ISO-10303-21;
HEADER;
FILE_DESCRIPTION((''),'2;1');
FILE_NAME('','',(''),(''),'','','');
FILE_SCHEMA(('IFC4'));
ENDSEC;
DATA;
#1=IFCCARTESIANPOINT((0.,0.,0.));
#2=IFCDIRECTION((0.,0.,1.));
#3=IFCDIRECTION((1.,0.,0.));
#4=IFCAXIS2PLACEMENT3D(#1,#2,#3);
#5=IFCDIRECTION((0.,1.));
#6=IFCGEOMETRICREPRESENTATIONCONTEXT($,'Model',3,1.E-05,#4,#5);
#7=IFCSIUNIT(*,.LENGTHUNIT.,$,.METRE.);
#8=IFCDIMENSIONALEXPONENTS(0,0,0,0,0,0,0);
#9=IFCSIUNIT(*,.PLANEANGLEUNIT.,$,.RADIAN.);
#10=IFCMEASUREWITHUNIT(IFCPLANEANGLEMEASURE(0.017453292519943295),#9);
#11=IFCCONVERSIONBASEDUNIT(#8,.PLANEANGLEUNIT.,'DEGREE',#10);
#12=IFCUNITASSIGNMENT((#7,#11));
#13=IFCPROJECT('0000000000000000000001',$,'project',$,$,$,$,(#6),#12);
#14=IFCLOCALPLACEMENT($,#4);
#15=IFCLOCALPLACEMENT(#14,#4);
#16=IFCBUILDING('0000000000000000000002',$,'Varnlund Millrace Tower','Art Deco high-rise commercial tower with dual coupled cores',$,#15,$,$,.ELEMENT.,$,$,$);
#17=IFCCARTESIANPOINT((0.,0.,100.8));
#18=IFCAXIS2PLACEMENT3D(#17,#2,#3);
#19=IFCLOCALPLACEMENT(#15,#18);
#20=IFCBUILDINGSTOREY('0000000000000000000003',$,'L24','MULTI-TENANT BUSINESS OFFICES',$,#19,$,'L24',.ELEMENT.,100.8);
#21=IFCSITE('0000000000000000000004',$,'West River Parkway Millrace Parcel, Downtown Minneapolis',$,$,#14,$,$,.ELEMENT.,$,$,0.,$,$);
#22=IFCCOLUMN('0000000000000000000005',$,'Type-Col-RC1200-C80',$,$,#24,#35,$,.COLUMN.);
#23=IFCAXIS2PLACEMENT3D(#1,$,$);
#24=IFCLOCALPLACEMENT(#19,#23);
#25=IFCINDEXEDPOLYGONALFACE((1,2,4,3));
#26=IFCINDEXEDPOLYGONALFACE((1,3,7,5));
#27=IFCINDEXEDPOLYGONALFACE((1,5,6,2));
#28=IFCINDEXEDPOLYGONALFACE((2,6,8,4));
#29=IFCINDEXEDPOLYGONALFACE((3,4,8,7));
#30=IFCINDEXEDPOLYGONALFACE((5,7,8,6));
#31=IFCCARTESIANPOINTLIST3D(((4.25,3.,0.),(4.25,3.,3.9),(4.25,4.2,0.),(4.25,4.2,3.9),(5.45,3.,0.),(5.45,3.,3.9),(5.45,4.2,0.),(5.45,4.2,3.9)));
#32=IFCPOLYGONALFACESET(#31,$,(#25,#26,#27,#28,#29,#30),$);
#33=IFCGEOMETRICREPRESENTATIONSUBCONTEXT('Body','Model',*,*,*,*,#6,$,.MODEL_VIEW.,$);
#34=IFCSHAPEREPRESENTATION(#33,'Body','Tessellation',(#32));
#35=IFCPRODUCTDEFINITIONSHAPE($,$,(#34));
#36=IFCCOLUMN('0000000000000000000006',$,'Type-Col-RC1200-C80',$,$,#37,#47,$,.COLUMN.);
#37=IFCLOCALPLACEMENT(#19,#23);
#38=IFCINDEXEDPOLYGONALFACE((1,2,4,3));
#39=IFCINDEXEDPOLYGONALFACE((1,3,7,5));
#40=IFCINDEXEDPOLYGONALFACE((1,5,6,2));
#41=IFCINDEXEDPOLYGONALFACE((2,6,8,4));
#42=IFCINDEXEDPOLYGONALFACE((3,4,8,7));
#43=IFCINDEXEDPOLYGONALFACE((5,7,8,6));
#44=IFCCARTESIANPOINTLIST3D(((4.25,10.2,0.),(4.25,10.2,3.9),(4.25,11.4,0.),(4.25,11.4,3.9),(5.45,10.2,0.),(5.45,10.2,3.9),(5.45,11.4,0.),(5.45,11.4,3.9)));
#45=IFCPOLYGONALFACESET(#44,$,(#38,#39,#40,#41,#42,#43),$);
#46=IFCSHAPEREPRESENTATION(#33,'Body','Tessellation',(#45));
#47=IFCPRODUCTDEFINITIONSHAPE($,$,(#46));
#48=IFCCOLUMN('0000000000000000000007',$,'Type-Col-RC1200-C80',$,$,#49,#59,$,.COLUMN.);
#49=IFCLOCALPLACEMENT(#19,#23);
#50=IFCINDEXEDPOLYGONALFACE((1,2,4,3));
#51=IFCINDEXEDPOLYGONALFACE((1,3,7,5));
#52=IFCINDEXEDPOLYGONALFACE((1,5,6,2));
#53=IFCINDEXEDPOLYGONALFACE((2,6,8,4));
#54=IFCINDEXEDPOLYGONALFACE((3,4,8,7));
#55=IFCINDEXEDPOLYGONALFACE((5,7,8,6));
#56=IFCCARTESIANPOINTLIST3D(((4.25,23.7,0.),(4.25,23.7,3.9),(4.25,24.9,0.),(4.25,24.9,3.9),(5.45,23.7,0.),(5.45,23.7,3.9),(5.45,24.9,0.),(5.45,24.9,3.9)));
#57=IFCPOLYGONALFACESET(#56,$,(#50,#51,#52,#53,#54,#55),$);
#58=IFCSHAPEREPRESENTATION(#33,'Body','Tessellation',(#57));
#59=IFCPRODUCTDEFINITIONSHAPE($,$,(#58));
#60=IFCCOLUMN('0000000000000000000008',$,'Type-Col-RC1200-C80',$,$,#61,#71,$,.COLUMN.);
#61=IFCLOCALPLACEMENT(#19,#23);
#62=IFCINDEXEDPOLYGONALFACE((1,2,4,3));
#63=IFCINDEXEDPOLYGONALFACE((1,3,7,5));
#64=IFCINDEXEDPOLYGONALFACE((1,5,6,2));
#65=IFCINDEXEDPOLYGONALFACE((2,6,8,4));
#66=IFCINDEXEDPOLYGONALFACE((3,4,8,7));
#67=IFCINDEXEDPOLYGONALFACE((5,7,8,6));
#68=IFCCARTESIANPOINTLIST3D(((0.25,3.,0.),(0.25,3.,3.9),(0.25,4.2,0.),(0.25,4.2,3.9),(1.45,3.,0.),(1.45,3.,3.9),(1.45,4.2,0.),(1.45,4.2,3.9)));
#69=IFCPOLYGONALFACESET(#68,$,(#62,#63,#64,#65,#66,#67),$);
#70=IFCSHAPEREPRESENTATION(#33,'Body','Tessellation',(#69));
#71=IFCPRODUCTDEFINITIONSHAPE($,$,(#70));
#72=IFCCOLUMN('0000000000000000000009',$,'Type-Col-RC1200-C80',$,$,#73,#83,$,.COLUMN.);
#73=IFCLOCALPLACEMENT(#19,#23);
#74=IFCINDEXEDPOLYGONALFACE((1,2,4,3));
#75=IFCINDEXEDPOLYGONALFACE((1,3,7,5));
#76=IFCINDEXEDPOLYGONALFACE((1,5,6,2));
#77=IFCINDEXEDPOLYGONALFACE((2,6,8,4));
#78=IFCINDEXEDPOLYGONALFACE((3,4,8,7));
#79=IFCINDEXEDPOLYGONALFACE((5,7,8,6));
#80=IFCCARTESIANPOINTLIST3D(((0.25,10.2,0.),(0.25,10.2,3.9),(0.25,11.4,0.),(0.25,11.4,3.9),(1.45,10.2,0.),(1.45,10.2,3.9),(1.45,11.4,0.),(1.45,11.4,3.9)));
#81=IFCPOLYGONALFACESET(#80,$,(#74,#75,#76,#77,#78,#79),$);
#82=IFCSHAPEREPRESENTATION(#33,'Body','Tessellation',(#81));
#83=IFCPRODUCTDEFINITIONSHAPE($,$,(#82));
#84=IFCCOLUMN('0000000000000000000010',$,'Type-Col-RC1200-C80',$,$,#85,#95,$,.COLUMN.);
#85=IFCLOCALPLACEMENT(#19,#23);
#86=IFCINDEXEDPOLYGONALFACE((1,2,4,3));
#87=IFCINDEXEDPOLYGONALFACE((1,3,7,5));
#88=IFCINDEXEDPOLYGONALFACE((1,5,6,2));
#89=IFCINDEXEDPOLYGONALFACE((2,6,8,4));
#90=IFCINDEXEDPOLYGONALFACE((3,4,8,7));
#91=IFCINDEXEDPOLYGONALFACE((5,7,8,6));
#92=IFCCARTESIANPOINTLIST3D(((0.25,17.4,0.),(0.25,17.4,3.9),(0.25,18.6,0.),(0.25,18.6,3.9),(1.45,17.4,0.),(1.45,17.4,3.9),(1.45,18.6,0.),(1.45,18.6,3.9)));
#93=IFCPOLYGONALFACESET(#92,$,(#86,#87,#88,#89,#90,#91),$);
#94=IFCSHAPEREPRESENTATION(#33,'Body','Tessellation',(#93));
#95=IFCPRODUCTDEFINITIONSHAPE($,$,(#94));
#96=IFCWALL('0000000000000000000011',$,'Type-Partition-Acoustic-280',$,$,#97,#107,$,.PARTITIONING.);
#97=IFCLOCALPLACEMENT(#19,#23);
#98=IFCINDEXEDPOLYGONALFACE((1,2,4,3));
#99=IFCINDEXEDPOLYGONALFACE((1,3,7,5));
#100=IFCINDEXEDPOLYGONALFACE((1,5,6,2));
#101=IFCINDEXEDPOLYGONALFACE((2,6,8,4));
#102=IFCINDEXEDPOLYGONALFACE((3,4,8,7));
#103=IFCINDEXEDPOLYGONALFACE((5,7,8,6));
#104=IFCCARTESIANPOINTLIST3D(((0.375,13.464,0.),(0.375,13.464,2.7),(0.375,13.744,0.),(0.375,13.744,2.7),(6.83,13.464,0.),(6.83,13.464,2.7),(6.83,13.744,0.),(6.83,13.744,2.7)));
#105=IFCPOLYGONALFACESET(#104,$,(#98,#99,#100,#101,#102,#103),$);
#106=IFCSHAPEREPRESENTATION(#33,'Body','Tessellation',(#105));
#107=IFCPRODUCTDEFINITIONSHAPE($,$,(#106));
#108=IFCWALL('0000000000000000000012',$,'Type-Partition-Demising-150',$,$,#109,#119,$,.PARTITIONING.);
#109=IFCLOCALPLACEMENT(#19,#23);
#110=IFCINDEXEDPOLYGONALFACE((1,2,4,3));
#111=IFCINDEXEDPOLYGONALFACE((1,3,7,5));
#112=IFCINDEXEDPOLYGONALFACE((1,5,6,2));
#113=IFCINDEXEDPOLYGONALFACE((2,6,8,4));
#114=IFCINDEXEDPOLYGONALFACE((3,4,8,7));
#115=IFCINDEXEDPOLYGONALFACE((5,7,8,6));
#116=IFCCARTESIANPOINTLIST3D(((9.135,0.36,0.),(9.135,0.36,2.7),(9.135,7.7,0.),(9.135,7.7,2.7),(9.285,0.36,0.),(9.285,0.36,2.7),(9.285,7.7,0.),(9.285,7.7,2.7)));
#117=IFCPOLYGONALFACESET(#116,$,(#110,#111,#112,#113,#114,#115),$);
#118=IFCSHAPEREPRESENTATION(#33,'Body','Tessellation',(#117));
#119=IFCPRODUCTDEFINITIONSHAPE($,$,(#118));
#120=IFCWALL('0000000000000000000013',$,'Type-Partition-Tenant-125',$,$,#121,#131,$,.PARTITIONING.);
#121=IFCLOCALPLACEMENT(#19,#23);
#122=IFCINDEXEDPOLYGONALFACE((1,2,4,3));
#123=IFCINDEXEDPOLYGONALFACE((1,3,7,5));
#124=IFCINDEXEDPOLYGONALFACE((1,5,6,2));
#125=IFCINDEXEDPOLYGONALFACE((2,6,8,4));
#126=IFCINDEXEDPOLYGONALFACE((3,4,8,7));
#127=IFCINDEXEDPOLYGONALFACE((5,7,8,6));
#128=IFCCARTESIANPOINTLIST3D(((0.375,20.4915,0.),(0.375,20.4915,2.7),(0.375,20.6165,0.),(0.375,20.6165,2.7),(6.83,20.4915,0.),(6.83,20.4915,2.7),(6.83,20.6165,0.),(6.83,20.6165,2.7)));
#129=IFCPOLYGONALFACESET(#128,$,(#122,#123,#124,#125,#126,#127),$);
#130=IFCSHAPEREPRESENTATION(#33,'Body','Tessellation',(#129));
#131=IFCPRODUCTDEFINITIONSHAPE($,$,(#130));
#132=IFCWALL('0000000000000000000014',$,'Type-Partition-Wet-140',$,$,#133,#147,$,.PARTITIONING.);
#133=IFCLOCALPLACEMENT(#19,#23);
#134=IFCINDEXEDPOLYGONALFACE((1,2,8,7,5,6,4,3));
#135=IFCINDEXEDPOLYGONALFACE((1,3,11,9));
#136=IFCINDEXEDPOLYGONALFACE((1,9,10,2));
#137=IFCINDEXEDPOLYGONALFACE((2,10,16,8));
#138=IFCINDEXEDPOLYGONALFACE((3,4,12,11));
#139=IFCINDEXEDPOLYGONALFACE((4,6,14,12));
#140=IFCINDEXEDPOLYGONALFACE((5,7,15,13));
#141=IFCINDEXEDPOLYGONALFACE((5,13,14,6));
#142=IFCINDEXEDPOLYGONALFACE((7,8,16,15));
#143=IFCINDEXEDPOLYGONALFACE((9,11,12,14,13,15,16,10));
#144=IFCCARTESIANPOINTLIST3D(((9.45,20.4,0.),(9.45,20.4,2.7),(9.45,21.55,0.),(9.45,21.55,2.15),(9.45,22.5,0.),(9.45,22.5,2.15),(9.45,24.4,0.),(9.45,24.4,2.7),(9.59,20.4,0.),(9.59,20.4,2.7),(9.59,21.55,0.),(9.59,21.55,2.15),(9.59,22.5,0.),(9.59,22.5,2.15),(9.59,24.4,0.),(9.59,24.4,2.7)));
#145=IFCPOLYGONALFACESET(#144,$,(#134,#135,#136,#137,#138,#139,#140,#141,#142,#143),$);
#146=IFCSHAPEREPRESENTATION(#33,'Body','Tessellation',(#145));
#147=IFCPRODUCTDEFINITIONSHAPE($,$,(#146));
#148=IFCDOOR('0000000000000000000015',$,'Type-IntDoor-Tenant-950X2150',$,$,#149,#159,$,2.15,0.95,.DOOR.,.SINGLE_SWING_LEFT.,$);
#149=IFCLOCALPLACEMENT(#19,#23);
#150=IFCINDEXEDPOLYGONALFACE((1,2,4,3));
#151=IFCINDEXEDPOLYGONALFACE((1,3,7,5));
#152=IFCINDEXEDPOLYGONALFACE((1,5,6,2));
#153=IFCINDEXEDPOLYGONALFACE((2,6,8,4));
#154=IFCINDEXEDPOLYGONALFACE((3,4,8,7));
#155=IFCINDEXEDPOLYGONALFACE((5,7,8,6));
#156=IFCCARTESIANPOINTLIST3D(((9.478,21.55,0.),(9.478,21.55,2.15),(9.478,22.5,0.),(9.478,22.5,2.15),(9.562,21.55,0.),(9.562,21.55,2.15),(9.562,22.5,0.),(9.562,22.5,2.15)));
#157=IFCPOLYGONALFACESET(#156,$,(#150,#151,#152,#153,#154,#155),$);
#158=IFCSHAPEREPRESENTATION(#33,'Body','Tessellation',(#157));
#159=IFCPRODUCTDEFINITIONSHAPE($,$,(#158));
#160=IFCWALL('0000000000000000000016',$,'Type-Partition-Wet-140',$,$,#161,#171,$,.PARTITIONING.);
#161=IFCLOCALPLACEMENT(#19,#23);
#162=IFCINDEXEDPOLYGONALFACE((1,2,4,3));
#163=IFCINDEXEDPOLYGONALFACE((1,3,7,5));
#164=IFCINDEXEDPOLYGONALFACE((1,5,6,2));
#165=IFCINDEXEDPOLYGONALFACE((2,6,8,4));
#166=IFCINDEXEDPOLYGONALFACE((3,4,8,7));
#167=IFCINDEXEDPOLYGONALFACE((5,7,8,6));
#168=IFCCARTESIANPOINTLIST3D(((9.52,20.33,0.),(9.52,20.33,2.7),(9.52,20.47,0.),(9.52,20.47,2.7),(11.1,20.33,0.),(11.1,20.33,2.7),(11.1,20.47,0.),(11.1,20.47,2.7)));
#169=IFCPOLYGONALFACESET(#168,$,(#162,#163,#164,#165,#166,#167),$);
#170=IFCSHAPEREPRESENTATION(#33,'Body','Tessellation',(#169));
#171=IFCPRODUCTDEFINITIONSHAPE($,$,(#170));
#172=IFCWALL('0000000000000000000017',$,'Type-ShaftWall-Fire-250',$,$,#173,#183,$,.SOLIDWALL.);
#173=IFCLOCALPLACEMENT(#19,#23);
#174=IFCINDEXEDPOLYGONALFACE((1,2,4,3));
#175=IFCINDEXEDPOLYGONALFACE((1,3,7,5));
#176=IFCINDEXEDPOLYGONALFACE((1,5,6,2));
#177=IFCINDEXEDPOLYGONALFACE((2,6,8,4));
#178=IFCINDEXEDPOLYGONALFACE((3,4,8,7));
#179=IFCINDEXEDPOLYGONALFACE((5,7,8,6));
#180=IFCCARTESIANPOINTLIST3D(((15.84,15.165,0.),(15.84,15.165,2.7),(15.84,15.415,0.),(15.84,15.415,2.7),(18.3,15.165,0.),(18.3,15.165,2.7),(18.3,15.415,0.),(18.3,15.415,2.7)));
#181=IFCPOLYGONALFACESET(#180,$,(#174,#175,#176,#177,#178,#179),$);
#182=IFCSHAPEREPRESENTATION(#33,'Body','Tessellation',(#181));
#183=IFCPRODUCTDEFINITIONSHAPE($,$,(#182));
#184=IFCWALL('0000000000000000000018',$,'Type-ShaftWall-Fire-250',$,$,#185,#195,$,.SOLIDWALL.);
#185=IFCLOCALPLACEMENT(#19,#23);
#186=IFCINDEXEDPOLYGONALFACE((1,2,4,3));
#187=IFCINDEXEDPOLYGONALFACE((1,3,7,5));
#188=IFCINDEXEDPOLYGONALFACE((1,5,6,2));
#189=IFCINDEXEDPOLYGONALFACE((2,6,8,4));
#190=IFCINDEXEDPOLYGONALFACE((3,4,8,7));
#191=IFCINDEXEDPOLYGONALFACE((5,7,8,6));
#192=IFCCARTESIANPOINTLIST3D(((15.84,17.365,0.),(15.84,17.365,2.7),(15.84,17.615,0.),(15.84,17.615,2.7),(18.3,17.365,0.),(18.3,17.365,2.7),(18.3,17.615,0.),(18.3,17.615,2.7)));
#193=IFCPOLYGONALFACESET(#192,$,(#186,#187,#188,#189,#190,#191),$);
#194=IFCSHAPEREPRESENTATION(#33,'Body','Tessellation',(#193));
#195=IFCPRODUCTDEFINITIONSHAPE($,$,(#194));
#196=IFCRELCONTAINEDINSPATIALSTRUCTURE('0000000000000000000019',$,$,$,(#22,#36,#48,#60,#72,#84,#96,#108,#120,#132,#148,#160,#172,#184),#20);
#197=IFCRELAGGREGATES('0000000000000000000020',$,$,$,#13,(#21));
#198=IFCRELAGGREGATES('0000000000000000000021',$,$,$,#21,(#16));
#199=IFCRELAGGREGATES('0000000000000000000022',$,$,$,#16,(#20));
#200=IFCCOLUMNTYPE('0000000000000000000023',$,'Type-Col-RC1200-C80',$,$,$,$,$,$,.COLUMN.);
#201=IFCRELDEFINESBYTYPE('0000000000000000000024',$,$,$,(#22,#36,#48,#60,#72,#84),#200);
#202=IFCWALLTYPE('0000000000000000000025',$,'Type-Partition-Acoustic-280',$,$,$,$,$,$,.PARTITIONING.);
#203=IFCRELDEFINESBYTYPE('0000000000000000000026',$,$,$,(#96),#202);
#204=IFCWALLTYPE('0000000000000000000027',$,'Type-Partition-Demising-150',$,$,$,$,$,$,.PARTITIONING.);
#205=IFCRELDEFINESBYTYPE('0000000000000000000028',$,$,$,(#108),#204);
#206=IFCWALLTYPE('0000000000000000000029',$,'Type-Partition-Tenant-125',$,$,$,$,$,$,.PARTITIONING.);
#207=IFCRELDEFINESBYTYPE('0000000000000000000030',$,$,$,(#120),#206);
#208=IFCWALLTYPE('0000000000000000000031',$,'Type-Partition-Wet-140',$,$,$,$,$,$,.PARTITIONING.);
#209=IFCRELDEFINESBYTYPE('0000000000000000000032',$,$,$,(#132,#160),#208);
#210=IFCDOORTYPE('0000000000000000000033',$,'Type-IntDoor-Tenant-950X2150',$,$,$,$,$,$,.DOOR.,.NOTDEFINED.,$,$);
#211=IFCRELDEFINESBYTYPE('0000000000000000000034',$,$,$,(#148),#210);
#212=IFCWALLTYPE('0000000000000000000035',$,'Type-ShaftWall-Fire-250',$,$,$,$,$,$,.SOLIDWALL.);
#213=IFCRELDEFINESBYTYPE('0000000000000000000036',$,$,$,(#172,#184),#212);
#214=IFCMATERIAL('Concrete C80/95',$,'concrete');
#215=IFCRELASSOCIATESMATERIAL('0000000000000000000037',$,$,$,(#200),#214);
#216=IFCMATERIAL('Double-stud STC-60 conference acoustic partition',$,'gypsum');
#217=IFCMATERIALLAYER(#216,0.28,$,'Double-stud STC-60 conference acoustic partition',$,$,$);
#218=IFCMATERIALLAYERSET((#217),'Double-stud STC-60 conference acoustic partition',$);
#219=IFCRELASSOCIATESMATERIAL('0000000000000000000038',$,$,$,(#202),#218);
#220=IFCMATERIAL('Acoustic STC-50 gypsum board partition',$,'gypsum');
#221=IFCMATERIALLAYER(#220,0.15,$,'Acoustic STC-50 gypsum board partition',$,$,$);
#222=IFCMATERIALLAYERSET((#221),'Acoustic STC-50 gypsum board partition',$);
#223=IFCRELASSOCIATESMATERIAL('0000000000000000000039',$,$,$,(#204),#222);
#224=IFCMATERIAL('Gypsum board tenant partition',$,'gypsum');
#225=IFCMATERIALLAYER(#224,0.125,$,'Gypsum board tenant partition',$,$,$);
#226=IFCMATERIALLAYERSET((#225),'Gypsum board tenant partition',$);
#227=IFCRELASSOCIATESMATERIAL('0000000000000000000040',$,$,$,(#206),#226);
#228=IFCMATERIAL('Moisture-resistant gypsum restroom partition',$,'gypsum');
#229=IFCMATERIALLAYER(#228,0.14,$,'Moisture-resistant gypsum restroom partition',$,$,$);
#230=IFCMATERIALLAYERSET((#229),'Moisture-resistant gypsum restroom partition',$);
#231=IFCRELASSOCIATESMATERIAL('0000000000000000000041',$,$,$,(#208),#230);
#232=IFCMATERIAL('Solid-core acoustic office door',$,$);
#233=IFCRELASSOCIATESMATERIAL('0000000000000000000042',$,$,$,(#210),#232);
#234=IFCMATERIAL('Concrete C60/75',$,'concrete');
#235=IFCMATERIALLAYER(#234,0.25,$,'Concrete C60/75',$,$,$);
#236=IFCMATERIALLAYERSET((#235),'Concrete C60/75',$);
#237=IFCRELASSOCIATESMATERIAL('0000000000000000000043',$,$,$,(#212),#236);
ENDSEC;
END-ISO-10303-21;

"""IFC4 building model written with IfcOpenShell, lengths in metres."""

from ifc_helpers import new_model, entity, si_unit, converted_unit, direction, frame, origin_with_axes, origin_2d_with_axis, place, context, subcontext, project, spatial, polyline, rectangle, outline, extrude, material, layer, layer_set, material_profile, profile_set, type_object, element, fill, save


model = new_model("IFC4")

# Units and contexts
model_context = context("Model", 3, precision=1e-05, world=origin_with_axes(), true_north=direction((0.0, 1.0)))
body_context = subcontext(model_context, "Body", "Model", "MODEL_VIEW")
ifc_project = project(units=[si_unit("LENGTHUNIT", "METRE"), converted_unit("PLANEANGLEUNIT", "DEGREE", entity("IfcPlaneAngleMeasure", 0.017453292519943295), si_unit("PLANEANGLEUNIT", "RADIAN"), dimensions=[0, 0, 0, 0, 0, 0, 0])], contexts=[model_context])

# Site, building, storey
site_placement = place(None, origin_with_axes())
site = spatial("IfcSite", under=ifc_project, at=site_placement, Name="West River Parkway Millrace Parcel, Downtown Minneapolis", CompositionType="ELEMENT", RefElevation=0.0)
building_placement = place(site_placement, origin_with_axes())
building = spatial("IfcBuilding", under=site, at=building_placement, Name="Varnlund Millrace Tower", Description="Art Deco high-rise commercial tower with dual coupled cores", CompositionType="ELEMENT")
storey_placement = place(building_placement, frame((0.0, 0.0, 100.8), z_axis=(0.0, 0.0, 1.0), x_axis=(1.0, 0.0, 0.0)))
storey = spatial("IfcBuildingStorey", under=building, at=storey_placement, Name="L24", Description="MULTI-TENANT BUSINESS OFFICES", LongName="L24", CompositionType="ELEMENT", Elevation=100.8)

# Columns
ifc_material_1 = material(Name="Concrete C80/95", Category="concrete")
ifc_material_profile = material_profile(ifc_material_1, rectangle(XDim=1.2, YDim=1.2, at=origin_2d_with_axis()), Name="Concrete C80/95")
ifc_profile_set = profile_set([ifc_material_profile], Name="Concrete C80/95")
column_type = type_object("IfcColumnType", Name="Type-Col-RC1200-C80", PredefinedType="COLUMN", material=ifc_profile_set)
for number, where, z_axis, x_axis, name in (
    (1, (4.85, 3.6, 0.0), (0.0, 0.0, 1.0), (1.0, 0.0, 0.0), "Type-Col-RC1200-C80"),
    (2, (4.85, 10.8, 0.0), (0.0, 0.0, 1.0), (1.0, 0.0, 0.0), "Type-Col-RC1200-C80"),
    (3, (4.85, 24.3, 0.0), (0.0, 0.0, 1.0), (1.0, 0.0, 0.0), "Type-Col-RC1200-C80"),
    (4, (0.85, 3.6, 0.0), (0.0, 0.0, 1.0), (1.0, 0.0, 0.0), "Type-Col-RC1200-C80"),
    (5, (0.85, 10.8, 0.0), (0.0, 0.0, 1.0), (1.0, 0.0, 0.0), "Type-Col-RC1200-C80"),
    (6, (0.85, 18.0, 0.0), (0.0, 0.0, 1.0), (1.0, 0.0, 0.0), "Type-Col-RC1200-C80"),
):
    element("IfcColumn", number, at=place(storey_placement, frame(where, z_axis=z_axis, x_axis=x_axis)), inside=storey, type_object=column_type, Name=name, PredefinedType="COLUMN", context=body_context, shape_type="SweptSolid", body=[
        extrude(rectangle(XDim=1.2, YDim=1.2, at=origin_2d_with_axis()), origin_with_axes(), (0.0, 0.0, 1.0), 3.9),
    ])

# Wall
ifc_material_2 = material(Name="Double-stud STC-60 conference acoustic partition", Category="gypsum")
ifc_layer_1 = layer(ifc_material_2, 0.28, Name="Double-stud STC-60 conference acoustic partition")
ifc_layer_set_1 = layer_set([ifc_layer_1], Name="Double-stud STC-60 conference acoustic partition")
wall_type_1 = type_object("IfcWallType", Name="Type-Partition-Acoustic-280", PredefinedType="PARTITIONING", material=ifc_layer_set_1)
wall_1_placement = place(storey_placement, frame((0.375, 13.604, 0.0), z_axis=(0.0, 0.0, 1.0), x_axis=(1.0, 0.0, 0.0)))
element("IfcWall", 7, at=wall_1_placement, inside=storey, type_object=wall_type_1, Name="Type-Partition-Acoustic-280", PredefinedType="PARTITIONING", context=body_context, shape_type="SweptSolid", body=[
    extrude(outline(polyline([(0.0, -0.14), (6.455, -0.14), (6.455, 0.14), (0.0, 0.14), (0.0, -0.14)])), origin_with_axes(), (0.0, 0.0, 1.0), 2.7),
])

# Wall
ifc_material_3 = material(Name="Acoustic STC-50 gypsum board partition", Category="gypsum")
ifc_layer_2 = layer(ifc_material_3, 0.15, Name="Acoustic STC-50 gypsum board partition")
ifc_layer_set_2 = layer_set([ifc_layer_2], Name="Acoustic STC-50 gypsum board partition")
wall_type_2 = type_object("IfcWallType", Name="Type-Partition-Demising-150", PredefinedType="PARTITIONING", material=ifc_layer_set_2)
wall_2_placement = place(storey_placement, frame((9.21, 0.36, 0.0), z_axis=(0.0, 0.0, 1.0), x_axis=(0.0, 1.0, 0.0)))
element("IfcWall", 8, at=wall_2_placement, inside=storey, type_object=wall_type_2, Name="Type-Partition-Demising-150", PredefinedType="PARTITIONING", context=body_context, shape_type="SweptSolid", body=[
    extrude(outline(polyline([(0.0, -0.075), (7.34, -0.075), (7.34, 0.075), (0.0, 0.075), (0.0, -0.075)])), origin_with_axes(), (0.0, 0.0, 1.0), 2.7),
])

# Wall
ifc_material_4 = material(Name="Gypsum board tenant partition", Category="gypsum")
ifc_layer_3 = layer(ifc_material_4, 0.125, Name="Gypsum board tenant partition")
ifc_layer_set_3 = layer_set([ifc_layer_3], Name="Gypsum board tenant partition")
wall_type_3 = type_object("IfcWallType", Name="Type-Partition-Tenant-125", PredefinedType="PARTITIONING", material=ifc_layer_set_3)
wall_3_placement = place(storey_placement, frame((0.375, 20.554, 0.0), z_axis=(0.0, 0.0, 1.0), x_axis=(1.0, 0.0, 0.0)))
element("IfcWall", 9, at=wall_3_placement, inside=storey, type_object=wall_type_3, Name="Type-Partition-Tenant-125", PredefinedType="PARTITIONING", context=body_context, shape_type="SweptSolid", body=[
    extrude(outline(polyline([(0.0, -0.0625), (6.455, -0.0625), (6.455, 0.0625), (0.0, 0.0625), (0.0, -0.0625)])), origin_with_axes(), (0.0, 0.0, 1.0), 2.7),
])

# Wall, opening, door
ifc_material_5 = material(Name="Moisture-resistant gypsum restroom partition", Category="gypsum")
ifc_layer_4 = layer(ifc_material_5, 0.14, Name="Moisture-resistant gypsum restroom partition")
ifc_layer_set_4 = layer_set([ifc_layer_4], Name="Moisture-resistant gypsum restroom partition")
wall_type_4 = type_object("IfcWallType", Name="Type-Partition-Wet-140", PredefinedType="PARTITIONING", material=ifc_layer_set_4)
wall_4_placement = place(storey_placement, frame((9.52, 20.4, 0.0), z_axis=(0.0, 0.0, 1.0), x_axis=(0.0, 1.0, 0.0)))
wall_4 = element("IfcWall", 10, at=wall_4_placement, inside=storey, type_object=wall_type_4, Name="Type-Partition-Wet-140", PredefinedType="PARTITIONING", context=body_context, shape_type="SweptSolid", body=[
    extrude(outline(polyline([(0.0, -0.07), (4.0, -0.07), (4.0, 0.07), (0.0, 0.07), (0.0, -0.07)])), origin_with_axes(), (0.0, 0.0, 1.0), 2.7),
])
opening_1_placement = place(wall_4_placement, frame((1.625, 0.0, 0.0), z_axis=(0.0, 0.0, 1.0), x_axis=(1.0, 0.0, 0.0)))
opening_1 = element("IfcOpeningElement", 11, at=opening_1_placement, cuts=wall_4, PredefinedType="OPENING", context=body_context, shape_type="SweptSolid", body=[
    extrude(rectangle(XDim=0.95, YDim=0.16, at=origin_2d_with_axis()), origin_with_axes(), (0.0, 0.0, 1.0), 2.15),
])
ifc_material_6 = material(Name="Solid-core acoustic office door")
door_type_1 = type_object("IfcDoorType", Name="Type-IntDoor-Tenant-950X2150", OperationType="NOTDEFINED", PredefinedType="DOOR", material=ifc_material_6)
door_1_placement = place(wall_4_placement, frame((1.625, 0.0, 0.0), z_axis=(0.0, 0.0, 1.0), x_axis=(1.0, 0.0, 0.0)))
door_1 = element("IfcDoor", 12, at=door_1_placement, inside=storey, type_object=door_type_1, Name="Type-IntDoor-Tenant-950X2150", OperationType="SINGLE_SWING_LEFT", OverallHeight=2.15, OverallWidth=0.95, PredefinedType="DOOR", context=body_context, shape_type="SweptSolid", body=[
    extrude(rectangle(XDim=0.95, YDim=0.084, at=origin_2d_with_axis()), origin_with_axes(), (0.0, 0.0, 1.0), 2.15),
])
fill(opening_1, door_1)

# Walls
wall_5_placement = place(storey_placement, frame((9.52, 20.4, 0.0), z_axis=(0.0, 0.0, 1.0), x_axis=(1.0, 0.0, 0.0)))
element("IfcWall", 13, at=wall_5_placement, inside=storey, type_object=wall_type_4, Name="Type-Partition-Wet-140", PredefinedType="PARTITIONING", context=body_context, shape_type="SweptSolid", body=[
    extrude(outline(polyline([(0.0, -0.07), (1.58, -0.07), (1.58, 0.07), (0.0, 0.07), (0.0, -0.07)])), origin_with_axes(), (0.0, 0.0, 1.0), 2.7),
])
ifc_material_7 = material(Name="Concrete C60/75", Category="concrete")
ifc_layer_5 = layer(ifc_material_7, 0.25, Name="Concrete C60/75")
ifc_layer_set_5 = layer_set([ifc_layer_5], Name="Concrete C60/75")
wall_type_5 = type_object("IfcWallType", Name="Type-ShaftWall-Fire-250", PredefinedType="SOLIDWALL", material=ifc_layer_set_5)
for number, where, z_axis, x_axis, name in (
    (14, (15.84, 15.29, 0.0), (0.0, 0.0, 1.0), (1.0, 0.0, 0.0), "Type-ShaftWall-Fire-250"),
    (15, (15.84, 17.49, 0.0), (0.0, 0.0, 1.0), (1.0, 0.0, 0.0), "Type-ShaftWall-Fire-250"),
):
    element("IfcWall", number, at=place(storey_placement, frame(where, z_axis=z_axis, x_axis=x_axis)), inside=storey, type_object=wall_type_5, Name=name, PredefinedType="SOLIDWALL", context=body_context, shape_type="SweptSolid", body=[
        extrude(outline(polyline([(0.0, -0.125), (2.46, -0.125), (2.46, 0.125), (0.0, 0.125), (0.0, -0.125)])), origin_with_axes(), (0.0, 0.0, 1.0), 2.7),
    ])

save(model, "model.ifc")
